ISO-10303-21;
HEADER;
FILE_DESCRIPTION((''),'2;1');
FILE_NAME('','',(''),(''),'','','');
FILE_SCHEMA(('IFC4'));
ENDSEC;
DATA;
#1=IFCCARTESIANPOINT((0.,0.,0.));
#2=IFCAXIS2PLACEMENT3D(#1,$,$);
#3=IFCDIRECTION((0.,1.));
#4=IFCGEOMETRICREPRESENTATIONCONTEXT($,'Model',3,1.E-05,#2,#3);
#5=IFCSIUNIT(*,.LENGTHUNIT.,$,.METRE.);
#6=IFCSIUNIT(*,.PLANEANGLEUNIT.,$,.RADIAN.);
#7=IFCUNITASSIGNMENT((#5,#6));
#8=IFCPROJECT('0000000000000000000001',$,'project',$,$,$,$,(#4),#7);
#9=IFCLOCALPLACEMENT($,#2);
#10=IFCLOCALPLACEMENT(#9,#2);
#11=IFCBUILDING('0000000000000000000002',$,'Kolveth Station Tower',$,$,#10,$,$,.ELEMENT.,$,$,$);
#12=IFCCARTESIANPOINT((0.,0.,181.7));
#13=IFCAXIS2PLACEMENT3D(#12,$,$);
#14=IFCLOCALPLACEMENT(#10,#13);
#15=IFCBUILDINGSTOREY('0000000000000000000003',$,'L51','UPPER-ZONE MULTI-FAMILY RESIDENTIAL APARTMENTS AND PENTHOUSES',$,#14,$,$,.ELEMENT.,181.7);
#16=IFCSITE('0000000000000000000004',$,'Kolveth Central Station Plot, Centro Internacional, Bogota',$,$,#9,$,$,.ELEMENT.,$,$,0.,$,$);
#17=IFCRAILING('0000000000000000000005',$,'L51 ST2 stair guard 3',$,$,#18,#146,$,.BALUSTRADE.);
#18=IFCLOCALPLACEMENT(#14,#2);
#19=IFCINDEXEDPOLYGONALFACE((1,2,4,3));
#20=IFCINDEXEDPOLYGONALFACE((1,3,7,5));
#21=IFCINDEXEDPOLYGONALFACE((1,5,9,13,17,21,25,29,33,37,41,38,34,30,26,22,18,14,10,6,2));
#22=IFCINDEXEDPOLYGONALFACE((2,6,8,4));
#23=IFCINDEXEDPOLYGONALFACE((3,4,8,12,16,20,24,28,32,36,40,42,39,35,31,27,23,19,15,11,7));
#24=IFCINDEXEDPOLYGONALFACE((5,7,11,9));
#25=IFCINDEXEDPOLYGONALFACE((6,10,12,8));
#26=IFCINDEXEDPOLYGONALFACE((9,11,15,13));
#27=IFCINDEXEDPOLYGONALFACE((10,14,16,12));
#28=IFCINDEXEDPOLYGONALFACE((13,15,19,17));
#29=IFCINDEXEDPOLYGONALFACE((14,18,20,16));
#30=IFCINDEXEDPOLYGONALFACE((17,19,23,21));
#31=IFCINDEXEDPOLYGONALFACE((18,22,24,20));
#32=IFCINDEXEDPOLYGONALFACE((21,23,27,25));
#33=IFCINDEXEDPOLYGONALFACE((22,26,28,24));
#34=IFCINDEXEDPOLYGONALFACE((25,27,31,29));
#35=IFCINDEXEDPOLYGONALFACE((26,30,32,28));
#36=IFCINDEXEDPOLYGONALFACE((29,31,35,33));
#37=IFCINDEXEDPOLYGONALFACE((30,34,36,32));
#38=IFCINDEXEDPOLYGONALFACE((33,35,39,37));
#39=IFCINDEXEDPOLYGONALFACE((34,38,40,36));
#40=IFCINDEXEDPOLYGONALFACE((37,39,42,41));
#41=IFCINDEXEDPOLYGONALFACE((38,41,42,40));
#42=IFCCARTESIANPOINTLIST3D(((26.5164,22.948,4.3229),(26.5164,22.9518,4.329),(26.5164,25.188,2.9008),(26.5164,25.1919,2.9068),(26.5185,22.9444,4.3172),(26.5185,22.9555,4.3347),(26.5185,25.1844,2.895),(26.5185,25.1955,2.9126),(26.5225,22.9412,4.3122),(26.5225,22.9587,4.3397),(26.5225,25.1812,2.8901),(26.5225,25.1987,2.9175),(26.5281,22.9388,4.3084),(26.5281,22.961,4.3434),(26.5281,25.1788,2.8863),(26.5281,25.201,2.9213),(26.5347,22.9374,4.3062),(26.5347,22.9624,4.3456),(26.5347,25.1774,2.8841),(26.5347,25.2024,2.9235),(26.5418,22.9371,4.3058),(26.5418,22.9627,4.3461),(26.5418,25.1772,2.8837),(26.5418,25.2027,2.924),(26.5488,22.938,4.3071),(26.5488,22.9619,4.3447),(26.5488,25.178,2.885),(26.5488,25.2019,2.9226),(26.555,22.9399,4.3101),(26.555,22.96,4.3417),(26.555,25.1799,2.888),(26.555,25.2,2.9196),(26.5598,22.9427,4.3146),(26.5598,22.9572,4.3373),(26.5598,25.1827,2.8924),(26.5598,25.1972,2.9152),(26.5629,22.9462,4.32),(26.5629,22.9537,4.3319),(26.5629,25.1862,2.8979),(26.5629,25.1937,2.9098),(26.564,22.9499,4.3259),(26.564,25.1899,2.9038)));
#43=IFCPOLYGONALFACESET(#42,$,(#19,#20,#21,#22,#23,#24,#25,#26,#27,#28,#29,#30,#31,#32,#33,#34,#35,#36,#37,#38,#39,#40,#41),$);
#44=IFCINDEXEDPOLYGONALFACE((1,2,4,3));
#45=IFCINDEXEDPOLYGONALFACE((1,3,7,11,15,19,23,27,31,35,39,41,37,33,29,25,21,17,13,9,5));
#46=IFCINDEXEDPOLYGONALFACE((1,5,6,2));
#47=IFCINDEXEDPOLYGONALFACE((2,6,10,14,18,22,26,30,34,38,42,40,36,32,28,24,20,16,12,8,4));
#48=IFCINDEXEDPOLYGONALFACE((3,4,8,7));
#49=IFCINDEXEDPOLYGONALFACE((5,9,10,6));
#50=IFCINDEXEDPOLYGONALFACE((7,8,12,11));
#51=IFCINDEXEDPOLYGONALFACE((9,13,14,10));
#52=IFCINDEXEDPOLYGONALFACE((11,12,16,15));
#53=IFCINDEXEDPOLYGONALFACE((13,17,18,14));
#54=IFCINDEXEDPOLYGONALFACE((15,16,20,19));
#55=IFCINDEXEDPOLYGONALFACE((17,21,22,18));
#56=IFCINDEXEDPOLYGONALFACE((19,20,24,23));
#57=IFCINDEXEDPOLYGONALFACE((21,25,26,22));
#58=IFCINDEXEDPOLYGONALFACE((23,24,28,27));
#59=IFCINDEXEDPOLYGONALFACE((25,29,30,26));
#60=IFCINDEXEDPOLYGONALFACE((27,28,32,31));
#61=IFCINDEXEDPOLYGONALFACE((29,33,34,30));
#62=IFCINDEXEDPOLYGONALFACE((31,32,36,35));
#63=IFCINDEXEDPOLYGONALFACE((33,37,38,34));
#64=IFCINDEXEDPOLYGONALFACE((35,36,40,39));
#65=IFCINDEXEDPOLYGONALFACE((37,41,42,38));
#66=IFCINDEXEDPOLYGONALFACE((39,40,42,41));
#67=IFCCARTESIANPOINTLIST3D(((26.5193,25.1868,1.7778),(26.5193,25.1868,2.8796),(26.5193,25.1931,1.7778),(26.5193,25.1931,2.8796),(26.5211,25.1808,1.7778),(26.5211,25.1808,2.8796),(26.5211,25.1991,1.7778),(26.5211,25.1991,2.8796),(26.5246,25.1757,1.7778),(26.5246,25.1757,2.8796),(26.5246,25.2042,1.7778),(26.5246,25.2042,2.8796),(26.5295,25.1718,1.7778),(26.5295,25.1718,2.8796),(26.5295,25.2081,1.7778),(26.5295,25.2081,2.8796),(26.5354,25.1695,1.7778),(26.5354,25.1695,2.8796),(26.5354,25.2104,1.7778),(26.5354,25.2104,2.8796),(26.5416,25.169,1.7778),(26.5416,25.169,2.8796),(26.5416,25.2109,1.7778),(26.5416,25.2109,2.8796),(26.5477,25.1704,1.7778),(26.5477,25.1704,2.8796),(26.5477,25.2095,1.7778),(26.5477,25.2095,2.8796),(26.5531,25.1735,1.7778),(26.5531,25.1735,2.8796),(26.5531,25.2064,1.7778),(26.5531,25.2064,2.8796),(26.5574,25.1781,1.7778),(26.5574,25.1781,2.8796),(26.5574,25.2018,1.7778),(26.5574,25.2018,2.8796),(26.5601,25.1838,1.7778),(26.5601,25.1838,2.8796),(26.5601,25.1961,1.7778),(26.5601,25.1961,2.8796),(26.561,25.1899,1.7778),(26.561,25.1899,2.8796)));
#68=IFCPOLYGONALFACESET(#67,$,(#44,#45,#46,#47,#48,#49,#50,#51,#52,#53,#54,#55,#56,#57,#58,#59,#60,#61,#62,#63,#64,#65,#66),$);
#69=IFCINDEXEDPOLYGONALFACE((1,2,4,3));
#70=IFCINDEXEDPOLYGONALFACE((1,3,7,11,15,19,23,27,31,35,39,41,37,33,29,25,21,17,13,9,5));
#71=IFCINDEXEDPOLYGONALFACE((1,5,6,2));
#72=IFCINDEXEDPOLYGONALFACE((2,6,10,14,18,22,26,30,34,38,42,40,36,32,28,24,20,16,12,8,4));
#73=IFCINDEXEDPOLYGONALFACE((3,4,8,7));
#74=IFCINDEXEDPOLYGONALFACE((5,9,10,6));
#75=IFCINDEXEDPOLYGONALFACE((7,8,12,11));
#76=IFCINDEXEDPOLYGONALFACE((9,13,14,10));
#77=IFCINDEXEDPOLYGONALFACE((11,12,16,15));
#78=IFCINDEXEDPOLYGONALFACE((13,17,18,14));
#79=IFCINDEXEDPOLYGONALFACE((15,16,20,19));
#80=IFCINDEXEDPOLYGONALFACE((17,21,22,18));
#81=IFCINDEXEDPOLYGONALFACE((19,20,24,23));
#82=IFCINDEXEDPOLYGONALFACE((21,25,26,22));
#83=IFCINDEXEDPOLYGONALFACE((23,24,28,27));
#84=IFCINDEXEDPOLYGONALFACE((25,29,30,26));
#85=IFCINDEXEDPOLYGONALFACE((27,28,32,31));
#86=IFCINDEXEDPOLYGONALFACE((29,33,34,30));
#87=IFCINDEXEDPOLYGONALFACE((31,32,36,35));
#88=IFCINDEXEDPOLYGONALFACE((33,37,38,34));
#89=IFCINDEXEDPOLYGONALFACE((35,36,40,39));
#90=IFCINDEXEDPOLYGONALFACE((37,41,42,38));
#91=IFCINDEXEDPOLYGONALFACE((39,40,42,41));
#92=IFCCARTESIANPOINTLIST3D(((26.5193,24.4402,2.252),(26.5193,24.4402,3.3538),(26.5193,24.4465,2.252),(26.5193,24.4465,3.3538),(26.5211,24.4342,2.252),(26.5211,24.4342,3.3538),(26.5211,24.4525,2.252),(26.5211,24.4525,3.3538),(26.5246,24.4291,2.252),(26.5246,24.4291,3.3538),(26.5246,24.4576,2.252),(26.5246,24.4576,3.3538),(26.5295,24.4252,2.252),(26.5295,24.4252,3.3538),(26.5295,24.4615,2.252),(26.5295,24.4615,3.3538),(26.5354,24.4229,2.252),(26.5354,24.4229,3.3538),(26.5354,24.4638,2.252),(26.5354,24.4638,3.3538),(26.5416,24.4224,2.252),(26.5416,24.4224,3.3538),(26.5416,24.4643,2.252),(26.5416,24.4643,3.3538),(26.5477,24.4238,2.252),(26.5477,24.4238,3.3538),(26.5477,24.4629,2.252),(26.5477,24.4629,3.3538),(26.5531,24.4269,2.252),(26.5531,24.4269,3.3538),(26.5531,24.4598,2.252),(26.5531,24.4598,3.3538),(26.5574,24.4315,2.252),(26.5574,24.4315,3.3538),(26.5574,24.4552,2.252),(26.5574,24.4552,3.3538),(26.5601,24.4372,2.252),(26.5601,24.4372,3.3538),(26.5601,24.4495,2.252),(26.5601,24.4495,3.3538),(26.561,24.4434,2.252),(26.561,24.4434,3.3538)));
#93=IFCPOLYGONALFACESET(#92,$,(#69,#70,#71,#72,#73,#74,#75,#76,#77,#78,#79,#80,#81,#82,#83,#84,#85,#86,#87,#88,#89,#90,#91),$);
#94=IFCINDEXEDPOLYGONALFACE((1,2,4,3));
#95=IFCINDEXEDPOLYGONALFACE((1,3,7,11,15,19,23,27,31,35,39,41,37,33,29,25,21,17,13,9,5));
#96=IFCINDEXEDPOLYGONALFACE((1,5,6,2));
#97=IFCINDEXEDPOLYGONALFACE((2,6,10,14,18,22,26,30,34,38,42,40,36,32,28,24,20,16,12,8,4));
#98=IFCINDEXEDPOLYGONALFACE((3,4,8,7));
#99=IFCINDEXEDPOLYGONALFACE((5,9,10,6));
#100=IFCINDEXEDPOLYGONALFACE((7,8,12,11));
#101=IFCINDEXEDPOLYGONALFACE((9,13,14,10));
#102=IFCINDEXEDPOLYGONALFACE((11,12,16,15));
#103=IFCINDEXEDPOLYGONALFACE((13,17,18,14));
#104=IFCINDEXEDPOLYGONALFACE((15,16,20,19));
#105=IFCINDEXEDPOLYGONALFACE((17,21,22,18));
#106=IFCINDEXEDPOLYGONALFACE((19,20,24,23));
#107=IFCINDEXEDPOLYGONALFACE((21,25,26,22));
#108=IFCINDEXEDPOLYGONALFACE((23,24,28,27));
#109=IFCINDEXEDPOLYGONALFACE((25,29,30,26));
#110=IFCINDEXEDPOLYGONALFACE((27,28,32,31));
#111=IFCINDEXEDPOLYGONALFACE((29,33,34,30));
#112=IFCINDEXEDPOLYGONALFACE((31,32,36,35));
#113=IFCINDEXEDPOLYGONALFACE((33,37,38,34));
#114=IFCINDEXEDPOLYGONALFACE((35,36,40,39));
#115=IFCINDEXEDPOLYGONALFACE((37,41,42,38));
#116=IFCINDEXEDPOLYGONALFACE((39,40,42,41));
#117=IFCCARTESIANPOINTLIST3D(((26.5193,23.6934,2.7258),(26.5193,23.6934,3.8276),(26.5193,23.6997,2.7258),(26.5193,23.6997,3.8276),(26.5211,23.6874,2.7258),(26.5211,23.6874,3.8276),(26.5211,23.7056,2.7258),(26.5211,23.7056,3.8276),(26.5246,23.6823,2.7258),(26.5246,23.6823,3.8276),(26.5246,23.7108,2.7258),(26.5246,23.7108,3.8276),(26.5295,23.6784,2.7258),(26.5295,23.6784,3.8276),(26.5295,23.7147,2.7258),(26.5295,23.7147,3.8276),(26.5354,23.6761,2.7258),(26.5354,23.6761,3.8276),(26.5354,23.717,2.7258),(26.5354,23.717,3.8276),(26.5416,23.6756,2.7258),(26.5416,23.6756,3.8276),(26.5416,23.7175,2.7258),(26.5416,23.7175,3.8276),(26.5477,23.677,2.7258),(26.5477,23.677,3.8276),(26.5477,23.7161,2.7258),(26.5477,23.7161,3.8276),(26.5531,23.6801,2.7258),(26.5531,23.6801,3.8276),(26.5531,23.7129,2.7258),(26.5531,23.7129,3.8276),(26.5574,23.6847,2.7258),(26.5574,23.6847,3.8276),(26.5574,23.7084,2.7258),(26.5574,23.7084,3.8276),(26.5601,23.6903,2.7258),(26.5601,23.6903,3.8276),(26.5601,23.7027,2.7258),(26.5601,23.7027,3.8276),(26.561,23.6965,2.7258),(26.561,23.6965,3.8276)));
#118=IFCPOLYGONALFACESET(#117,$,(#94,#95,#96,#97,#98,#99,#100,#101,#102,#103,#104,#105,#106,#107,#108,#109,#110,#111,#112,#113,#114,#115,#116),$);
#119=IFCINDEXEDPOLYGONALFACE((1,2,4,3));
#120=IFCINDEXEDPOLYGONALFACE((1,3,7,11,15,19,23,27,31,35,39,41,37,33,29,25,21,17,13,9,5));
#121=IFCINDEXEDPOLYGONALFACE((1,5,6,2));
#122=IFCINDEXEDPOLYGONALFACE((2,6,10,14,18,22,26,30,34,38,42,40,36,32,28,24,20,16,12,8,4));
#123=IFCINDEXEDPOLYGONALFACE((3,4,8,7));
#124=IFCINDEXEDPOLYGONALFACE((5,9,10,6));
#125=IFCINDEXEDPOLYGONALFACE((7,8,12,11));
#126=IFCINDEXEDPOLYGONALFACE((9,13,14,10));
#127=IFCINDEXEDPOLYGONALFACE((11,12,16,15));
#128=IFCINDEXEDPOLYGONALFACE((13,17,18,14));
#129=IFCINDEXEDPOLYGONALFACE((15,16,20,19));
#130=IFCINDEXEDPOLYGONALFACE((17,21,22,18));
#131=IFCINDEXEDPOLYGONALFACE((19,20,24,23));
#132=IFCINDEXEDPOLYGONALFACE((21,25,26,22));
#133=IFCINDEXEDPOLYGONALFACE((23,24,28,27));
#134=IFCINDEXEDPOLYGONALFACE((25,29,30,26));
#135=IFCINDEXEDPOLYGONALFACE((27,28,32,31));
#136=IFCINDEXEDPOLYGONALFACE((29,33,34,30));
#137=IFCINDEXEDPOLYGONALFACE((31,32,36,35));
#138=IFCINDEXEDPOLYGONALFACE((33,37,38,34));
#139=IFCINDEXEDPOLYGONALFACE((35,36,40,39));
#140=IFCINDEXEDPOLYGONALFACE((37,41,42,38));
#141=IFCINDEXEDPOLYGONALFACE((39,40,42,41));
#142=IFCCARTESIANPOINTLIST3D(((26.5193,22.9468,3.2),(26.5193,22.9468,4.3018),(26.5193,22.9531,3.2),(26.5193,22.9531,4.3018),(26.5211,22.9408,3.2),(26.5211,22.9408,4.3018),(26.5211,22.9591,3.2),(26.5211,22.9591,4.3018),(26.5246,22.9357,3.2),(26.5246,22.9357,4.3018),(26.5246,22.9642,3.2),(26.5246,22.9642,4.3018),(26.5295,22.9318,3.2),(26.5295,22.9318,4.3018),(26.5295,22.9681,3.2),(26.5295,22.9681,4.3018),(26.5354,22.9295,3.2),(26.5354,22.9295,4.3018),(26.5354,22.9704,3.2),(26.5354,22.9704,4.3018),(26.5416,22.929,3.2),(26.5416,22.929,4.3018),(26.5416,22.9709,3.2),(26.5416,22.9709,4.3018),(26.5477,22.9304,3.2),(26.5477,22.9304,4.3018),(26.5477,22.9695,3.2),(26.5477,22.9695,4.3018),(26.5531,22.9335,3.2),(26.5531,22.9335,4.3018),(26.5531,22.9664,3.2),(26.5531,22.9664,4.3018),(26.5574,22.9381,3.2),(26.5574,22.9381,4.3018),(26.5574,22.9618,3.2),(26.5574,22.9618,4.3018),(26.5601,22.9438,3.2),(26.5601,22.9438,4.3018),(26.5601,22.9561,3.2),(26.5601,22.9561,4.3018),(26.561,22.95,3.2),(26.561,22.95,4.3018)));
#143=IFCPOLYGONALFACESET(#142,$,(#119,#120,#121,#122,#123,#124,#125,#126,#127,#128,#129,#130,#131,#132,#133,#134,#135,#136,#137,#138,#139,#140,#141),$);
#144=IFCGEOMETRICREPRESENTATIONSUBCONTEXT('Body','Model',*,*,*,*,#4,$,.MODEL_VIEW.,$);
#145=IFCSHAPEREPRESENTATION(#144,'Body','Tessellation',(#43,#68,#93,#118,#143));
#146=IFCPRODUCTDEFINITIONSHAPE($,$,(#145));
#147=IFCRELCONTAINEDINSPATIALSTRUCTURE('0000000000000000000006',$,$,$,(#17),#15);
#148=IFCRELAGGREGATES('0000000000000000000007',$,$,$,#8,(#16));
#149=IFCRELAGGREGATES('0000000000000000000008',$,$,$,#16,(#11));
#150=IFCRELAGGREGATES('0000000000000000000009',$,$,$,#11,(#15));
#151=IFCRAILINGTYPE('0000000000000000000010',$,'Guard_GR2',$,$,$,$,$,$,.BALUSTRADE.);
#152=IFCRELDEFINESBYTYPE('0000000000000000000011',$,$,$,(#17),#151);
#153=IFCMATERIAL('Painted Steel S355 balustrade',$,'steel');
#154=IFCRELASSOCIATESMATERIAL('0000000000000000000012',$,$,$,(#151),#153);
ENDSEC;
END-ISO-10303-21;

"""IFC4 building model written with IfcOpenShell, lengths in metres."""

from ifc_helpers import new_model, si_unit, direction, frame, origin, origin_2d, place, context, subcontext, project, spatial, circle, extrude, material, type_object, element, save


model = new_model("IFC4")

# Units and contexts
model_context = context("Model", 3, precision=1e-05, world=origin(), true_north=direction((0.0, 1.0)))
body_context = subcontext(model_context, "Body", "Model", "MODEL_VIEW")
ifc_project = project(units=[si_unit("LENGTHUNIT", "METRE"), si_unit("PLANEANGLEUNIT", "RADIAN")], contexts=[model_context])

# Site, building, storey
site_placement = place(None, origin())
site = spatial("IfcSite", under=ifc_project, at=site_placement, Name="Kolveth Central Station Plot, Centro Internacional, Bogota", CompositionType="ELEMENT", RefElevation=0.0)
building_placement = place(site_placement, origin())
building = spatial("IfcBuilding", under=site, at=building_placement, Name="Kolveth Station Tower", CompositionType="ELEMENT")
storey_placement = place(building_placement, frame((0.0, 0.0, 181.7)))
storey = spatial("IfcBuildingStorey", under=building, at=storey_placement, Name="L51", Description="UPPER-ZONE MULTI-FAMILY RESIDENTIAL APARTMENTS AND PENTHOUSES", CompositionType="ELEMENT", Elevation=181.7)

# Railing
ifc_material_1 = material(Name="Painted Steel S355 balustrade", Category="steel")
railing_type_1 = type_object("IfcRailingType", Name="Guard_GR2", PredefinedType="BALUSTRADE", material=ifc_material_1)
railing_1_placement = place(storey_placement, frame((26.54, 25.1899, 1.7778)))
element("IfcRailing", 1, at=railing_1_placement, inside=storey, type_object=railing_type_1, Name="L51 ST2 stair guard 3", PredefinedType="BALUSTRADE", context=body_context, shape_type="SweptSolid", body=[
    extrude(circle(Radius=0.0239, at=origin_2d()), frame((0.0, 0.0, 1.126), z_axis=(0.0, -0.844229, 0.535982), x_axis=(1.0, 0.0, 0.0)), (0.0, 0.0, 1.0), 2.6533),
    extrude(circle(Radius=0.021, at=origin_2d()), origin(), (0.0, 0.0, 1.0), 1.1018),
    extrude(circle(Radius=0.021, at=origin_2d()), frame((0.0, -0.7466, 0.4741)), (0.0, 0.0, 1.0), 1.1018),
    extrude(circle(Radius=0.021, at=origin_2d()), frame((0.0, -1.4934, 0.948)), (0.0, 0.0, 1.0), 1.1018),
    extrude(circle(Radius=0.021, at=origin_2d()), frame((0.0, -2.24, 1.4221)), (0.0, 0.0, 1.0), 1.1018),
])

save(model, "model.ifc")
